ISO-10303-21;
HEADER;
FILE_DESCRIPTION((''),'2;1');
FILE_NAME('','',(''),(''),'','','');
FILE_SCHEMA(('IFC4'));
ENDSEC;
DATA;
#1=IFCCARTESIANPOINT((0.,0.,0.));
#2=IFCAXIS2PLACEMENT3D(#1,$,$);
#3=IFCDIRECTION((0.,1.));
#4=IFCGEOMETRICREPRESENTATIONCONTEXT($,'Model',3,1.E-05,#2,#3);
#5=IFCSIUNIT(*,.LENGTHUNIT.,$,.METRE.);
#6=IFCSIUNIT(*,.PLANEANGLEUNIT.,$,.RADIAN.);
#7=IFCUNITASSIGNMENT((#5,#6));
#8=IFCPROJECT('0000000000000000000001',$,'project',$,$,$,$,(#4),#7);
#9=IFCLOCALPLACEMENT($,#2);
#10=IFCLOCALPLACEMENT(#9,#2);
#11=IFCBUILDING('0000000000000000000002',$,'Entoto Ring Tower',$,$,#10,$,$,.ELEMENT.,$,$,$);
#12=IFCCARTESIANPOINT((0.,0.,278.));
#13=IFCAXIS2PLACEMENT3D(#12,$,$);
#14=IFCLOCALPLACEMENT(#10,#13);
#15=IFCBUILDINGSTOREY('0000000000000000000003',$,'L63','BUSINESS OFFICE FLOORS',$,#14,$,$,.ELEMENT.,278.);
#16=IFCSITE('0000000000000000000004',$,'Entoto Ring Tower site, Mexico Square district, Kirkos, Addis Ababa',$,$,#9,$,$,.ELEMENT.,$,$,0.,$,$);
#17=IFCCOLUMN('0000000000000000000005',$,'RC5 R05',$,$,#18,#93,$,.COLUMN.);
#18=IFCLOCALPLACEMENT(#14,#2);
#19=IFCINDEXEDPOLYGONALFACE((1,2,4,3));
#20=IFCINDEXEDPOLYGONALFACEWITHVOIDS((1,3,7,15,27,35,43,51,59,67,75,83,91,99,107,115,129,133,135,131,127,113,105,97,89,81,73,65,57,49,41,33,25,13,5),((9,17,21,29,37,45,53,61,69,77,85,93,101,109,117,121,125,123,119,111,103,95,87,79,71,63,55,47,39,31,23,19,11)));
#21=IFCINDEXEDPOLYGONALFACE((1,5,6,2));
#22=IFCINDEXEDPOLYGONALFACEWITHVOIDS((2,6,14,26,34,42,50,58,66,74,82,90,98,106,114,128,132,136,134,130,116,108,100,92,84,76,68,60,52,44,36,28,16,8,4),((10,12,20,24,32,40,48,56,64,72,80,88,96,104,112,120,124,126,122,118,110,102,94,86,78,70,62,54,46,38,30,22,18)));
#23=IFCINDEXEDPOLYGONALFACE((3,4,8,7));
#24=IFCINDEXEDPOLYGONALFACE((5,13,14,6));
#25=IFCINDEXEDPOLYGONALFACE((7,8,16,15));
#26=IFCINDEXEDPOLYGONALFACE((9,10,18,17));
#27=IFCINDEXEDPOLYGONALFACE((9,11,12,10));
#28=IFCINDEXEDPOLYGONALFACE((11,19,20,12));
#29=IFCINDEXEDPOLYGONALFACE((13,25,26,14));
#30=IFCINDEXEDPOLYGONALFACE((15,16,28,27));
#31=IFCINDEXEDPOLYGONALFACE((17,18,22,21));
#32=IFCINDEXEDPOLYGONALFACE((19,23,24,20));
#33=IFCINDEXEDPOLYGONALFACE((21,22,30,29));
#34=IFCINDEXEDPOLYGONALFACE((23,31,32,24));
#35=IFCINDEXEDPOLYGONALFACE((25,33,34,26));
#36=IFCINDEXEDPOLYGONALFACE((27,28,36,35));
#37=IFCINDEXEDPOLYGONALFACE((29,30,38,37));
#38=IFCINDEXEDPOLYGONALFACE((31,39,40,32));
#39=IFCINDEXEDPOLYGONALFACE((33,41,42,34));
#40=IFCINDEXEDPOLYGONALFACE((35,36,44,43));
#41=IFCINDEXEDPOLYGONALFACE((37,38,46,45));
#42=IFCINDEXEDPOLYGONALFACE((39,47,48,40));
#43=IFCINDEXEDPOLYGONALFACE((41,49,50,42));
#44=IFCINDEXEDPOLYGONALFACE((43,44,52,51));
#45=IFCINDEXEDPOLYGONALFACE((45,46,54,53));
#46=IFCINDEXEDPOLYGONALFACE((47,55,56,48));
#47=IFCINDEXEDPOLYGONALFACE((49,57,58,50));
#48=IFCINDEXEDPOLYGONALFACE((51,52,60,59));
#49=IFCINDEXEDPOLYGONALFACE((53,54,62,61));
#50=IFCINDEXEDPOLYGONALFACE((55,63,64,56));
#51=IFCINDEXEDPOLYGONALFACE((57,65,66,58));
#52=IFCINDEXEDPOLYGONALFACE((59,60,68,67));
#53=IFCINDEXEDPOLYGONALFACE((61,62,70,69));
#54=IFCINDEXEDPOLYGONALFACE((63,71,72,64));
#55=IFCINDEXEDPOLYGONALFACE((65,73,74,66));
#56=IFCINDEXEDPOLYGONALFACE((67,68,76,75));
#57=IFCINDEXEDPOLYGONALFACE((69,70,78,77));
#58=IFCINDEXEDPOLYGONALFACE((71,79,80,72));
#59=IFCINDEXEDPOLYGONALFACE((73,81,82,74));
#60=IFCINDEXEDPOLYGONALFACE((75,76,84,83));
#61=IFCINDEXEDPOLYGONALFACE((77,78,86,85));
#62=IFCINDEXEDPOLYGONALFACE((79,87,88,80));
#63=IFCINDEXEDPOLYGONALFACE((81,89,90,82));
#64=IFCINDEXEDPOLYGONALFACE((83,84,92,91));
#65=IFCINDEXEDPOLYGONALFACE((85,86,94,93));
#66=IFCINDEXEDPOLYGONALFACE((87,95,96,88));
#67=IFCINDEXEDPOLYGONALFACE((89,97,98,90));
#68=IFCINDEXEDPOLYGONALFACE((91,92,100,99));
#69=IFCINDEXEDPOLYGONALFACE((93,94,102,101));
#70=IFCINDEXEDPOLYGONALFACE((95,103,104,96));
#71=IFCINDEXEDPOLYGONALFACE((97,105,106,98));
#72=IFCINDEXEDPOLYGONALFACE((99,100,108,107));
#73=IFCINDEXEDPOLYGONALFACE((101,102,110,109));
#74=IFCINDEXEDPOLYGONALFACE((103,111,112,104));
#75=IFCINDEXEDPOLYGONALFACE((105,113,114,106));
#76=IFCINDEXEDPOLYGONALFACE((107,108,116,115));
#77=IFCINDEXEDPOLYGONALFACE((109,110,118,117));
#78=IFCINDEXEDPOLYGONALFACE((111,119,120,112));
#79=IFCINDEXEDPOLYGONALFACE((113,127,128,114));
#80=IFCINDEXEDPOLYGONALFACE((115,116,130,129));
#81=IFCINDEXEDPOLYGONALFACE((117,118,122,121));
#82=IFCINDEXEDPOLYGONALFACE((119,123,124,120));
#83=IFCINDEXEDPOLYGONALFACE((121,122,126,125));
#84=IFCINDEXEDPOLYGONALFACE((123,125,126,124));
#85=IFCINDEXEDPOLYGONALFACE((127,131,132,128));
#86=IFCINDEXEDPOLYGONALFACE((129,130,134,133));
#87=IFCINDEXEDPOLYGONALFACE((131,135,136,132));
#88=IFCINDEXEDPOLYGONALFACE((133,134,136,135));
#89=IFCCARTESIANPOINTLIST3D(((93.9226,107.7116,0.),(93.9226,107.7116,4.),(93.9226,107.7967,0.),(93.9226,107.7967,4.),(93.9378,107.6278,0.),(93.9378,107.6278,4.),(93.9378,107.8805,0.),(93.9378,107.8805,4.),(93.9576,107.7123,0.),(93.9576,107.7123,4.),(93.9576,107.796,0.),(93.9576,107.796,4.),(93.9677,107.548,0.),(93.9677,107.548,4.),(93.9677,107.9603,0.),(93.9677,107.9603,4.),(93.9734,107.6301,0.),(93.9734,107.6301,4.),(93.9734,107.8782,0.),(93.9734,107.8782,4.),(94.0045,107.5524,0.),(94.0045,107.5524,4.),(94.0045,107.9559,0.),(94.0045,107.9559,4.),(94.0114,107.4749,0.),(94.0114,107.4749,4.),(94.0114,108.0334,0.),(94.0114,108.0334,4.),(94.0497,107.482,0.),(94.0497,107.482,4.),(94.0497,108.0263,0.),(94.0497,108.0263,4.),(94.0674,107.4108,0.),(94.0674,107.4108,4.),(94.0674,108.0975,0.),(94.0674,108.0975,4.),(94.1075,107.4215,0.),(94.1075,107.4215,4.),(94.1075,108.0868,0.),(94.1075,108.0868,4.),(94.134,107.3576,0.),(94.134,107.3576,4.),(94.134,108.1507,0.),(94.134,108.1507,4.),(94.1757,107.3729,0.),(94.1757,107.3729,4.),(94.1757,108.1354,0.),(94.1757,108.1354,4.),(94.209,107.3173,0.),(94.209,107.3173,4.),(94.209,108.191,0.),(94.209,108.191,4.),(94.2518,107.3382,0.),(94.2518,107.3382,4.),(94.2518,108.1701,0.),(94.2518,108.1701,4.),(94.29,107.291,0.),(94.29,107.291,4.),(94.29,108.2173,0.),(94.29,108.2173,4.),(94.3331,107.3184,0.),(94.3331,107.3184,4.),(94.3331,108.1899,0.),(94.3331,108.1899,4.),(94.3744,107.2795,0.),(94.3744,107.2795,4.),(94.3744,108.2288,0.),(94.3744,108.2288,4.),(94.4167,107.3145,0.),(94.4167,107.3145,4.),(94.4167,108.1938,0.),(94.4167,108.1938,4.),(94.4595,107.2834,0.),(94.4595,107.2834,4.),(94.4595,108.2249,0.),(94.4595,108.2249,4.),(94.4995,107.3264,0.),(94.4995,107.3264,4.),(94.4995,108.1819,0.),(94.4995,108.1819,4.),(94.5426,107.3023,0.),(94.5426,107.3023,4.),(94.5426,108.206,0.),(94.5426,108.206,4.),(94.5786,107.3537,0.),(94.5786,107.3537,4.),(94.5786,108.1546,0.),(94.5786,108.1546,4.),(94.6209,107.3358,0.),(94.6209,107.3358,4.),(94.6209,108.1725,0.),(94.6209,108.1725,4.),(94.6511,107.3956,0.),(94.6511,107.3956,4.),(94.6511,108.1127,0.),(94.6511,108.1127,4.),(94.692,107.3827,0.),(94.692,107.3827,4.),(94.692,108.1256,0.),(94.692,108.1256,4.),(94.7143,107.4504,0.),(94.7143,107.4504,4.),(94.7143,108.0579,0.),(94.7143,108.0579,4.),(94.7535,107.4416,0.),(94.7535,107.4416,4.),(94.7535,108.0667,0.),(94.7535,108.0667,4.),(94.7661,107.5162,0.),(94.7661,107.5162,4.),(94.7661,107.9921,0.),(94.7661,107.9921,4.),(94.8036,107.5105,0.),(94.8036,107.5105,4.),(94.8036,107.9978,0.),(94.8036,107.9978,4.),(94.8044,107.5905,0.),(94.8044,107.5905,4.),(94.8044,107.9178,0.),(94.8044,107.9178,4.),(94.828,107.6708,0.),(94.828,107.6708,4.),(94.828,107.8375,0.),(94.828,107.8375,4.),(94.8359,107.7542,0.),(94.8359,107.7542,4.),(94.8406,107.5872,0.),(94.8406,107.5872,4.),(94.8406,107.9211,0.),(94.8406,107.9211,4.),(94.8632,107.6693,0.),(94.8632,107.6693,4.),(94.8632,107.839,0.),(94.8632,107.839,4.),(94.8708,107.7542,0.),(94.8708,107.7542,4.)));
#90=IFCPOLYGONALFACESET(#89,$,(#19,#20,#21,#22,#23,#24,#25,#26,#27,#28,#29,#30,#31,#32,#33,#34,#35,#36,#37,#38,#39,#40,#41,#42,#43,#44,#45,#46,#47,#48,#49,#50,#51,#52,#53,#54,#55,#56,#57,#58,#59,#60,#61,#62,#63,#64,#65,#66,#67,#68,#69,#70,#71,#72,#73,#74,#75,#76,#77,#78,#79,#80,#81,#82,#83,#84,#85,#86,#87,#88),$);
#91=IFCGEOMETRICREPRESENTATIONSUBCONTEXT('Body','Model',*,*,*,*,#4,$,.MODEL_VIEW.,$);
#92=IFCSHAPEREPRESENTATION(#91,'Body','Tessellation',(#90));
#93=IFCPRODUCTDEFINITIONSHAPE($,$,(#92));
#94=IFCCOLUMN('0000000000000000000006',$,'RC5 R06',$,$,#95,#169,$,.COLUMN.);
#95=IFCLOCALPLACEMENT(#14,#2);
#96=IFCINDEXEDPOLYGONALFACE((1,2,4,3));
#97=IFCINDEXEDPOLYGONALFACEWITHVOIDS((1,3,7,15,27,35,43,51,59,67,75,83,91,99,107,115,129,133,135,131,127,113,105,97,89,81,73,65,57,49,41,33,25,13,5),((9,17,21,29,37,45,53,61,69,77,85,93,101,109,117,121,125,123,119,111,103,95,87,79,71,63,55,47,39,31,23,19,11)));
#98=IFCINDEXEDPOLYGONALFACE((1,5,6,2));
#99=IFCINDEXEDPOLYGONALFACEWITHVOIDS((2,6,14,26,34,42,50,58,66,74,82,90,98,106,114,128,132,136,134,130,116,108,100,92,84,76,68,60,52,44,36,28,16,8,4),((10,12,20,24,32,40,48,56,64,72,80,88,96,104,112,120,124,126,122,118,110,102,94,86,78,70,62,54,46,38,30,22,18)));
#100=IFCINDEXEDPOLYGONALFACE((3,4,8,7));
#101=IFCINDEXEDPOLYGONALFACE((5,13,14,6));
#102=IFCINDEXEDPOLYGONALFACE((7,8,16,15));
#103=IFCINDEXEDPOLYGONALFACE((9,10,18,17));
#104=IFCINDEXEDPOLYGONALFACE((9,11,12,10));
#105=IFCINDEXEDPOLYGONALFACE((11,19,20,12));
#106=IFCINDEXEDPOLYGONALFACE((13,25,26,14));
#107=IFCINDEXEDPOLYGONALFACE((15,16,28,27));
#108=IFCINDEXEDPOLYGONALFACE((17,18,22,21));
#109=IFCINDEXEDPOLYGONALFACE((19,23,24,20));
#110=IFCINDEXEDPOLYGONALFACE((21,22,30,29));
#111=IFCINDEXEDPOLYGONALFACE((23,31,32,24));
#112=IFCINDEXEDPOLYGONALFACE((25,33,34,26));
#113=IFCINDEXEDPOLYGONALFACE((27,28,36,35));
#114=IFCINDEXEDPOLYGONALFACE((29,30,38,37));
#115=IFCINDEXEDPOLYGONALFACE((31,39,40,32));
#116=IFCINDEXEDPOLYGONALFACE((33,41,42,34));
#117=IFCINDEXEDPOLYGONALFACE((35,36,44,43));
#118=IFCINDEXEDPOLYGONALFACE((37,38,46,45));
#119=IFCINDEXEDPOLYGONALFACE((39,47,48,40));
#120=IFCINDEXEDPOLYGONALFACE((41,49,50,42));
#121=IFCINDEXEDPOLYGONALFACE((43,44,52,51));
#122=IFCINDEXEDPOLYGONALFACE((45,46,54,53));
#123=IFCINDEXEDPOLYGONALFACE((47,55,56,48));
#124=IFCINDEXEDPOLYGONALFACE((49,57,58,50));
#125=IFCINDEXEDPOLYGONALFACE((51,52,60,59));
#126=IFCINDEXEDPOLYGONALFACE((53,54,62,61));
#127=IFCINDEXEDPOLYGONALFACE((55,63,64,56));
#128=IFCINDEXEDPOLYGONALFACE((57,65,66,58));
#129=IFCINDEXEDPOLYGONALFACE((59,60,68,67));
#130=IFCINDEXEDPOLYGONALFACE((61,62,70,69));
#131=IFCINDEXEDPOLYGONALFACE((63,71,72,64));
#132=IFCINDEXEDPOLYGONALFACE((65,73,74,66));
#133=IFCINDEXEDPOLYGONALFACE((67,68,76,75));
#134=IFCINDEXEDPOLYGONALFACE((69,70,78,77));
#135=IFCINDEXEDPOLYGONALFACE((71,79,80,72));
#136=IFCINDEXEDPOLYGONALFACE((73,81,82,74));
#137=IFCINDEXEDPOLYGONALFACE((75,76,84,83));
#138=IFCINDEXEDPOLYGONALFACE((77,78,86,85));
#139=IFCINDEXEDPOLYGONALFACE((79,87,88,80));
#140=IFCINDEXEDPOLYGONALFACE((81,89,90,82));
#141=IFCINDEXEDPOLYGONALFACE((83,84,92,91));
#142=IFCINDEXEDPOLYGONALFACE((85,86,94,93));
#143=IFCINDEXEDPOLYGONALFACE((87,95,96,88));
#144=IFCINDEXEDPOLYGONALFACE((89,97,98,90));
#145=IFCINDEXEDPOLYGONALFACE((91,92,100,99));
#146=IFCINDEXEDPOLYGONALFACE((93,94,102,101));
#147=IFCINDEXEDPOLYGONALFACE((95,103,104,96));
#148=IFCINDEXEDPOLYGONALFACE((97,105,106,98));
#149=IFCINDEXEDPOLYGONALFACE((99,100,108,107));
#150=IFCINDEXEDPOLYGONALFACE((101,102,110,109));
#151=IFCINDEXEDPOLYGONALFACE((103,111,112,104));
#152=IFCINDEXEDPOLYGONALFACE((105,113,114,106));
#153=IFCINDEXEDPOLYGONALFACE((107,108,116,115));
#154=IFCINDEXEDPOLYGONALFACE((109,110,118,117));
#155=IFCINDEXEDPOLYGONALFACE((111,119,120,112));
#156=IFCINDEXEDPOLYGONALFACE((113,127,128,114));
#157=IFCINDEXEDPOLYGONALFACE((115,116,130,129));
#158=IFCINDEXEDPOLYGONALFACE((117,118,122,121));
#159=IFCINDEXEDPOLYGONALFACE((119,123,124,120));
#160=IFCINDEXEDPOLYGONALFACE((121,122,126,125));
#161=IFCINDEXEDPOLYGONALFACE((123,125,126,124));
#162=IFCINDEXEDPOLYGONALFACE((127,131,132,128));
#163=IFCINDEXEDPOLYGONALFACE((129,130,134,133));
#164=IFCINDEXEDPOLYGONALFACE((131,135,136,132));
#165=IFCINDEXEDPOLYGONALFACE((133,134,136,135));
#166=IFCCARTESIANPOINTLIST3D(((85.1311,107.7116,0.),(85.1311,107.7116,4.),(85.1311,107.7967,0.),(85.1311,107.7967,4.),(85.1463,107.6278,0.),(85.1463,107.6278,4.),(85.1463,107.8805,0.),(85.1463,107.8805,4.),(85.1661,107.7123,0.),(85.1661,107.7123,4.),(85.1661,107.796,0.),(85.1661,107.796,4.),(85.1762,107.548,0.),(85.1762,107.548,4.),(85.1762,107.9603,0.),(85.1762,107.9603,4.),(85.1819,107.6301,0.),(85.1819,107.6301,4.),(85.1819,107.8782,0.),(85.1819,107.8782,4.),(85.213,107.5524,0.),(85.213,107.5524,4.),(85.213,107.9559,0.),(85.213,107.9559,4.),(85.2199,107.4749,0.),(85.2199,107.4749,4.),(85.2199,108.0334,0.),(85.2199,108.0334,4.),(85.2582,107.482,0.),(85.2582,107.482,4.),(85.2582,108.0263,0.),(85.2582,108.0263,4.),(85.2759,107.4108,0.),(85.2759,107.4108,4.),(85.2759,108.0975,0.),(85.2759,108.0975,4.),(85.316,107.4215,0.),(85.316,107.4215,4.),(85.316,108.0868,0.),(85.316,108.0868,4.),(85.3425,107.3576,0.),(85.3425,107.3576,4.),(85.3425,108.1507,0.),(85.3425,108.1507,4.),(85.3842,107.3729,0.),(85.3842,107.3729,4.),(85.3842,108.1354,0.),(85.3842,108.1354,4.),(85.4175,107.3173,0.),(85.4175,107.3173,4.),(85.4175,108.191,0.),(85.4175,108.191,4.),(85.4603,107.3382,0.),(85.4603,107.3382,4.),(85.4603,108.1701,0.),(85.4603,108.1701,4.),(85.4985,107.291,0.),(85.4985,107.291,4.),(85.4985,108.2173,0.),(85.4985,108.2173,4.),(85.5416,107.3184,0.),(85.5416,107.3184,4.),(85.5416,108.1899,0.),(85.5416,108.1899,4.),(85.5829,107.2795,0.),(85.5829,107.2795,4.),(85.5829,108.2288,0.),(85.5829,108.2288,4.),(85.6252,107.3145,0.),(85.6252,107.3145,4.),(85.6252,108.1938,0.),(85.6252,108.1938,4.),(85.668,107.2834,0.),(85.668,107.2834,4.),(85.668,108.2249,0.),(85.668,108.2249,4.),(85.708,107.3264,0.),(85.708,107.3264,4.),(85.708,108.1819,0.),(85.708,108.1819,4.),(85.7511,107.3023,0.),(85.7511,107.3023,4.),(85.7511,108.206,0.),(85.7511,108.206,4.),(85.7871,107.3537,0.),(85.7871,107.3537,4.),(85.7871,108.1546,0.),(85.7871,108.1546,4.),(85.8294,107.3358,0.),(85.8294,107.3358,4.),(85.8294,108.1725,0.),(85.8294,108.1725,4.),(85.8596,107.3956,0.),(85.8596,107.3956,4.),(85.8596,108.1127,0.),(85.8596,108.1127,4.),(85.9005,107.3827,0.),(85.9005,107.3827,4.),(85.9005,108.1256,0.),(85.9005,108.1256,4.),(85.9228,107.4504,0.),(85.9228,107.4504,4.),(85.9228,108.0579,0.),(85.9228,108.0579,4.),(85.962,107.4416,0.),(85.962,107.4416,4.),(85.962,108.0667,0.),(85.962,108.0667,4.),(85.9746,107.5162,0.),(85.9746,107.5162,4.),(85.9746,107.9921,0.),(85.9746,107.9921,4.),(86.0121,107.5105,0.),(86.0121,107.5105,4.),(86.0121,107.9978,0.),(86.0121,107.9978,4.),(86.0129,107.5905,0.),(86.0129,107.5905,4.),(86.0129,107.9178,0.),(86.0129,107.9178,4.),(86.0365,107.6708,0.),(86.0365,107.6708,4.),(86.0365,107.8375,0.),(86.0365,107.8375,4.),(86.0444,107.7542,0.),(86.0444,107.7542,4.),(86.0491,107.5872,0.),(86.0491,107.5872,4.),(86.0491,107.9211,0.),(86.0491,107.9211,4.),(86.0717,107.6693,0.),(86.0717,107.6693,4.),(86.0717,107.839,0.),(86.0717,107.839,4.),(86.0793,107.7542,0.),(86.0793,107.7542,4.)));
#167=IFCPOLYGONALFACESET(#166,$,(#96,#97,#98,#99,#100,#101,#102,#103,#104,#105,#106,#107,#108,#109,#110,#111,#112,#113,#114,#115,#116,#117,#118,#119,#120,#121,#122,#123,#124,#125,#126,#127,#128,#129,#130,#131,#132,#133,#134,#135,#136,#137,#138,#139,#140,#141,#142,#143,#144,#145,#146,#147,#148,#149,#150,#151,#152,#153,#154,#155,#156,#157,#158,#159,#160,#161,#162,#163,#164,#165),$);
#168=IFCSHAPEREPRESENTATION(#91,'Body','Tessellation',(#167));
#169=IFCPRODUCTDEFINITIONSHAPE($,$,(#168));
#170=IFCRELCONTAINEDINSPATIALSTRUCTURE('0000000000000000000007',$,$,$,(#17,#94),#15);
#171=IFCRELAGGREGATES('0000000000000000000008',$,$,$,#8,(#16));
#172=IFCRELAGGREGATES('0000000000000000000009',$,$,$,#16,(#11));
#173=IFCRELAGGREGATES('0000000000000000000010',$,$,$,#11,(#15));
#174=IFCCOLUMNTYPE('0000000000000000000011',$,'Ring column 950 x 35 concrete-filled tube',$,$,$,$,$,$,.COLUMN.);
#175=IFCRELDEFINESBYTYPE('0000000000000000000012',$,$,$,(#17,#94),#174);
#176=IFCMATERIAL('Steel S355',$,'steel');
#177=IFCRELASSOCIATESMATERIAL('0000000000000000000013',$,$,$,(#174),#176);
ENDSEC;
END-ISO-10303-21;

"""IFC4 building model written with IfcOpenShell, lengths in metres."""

from ifc_helpers import new_model, si_unit, direction, frame, origin, origin_2d, place, context, subcontext, project, spatial, circle, hollow_circle, extrude, material, material_profile, profile_set, type_object, element, save


model = new_model("IFC4")

# Units and contexts
model_context = context("Model", 3, precision=1e-05, world=origin(), true_north=direction((0.0, 1.0)))
body_context = subcontext(model_context, "Body", "Model", "MODEL_VIEW")
ifc_project = project(units=[si_unit("LENGTHUNIT", "METRE"), si_unit("PLANEANGLEUNIT", "RADIAN")], contexts=[model_context])

# Site, building, storey
site_placement = place(None, origin())
site = spatial("IfcSite", under=ifc_project, at=site_placement, Name="Entoto Ring Tower site, Mexico Square district, Kirkos, Addis Ababa", CompositionType="ELEMENT", RefElevation=0.0)
building_placement = place(site_placement, origin())
building = spatial("IfcBuilding", under=site, at=building_placement, Name="Entoto Ring Tower", CompositionType="ELEMENT")
storey_placement = place(building_placement, frame((0.0, 0.0, 278.0)))
storey = spatial("IfcBuildingStorey", under=building, at=storey_placement, Name="L63", Description="BUSINESS OFFICE FLOORS", CompositionType="ELEMENT", Elevation=278.0)

# Columns
ifc_material_1 = material(Name="Steel S355", Category="steel")
ifc_material_profile_1 = material_profile(ifc_material_1, hollow_circle(Radius=0.4751, WallThickness=0.0349, at=origin_2d()), Name="CHS 950 x 35")
ifc_material_2 = material(Name="Concrete C60/75", Category="concrete")
ifc_material_profile_2 = material_profile(ifc_material_2, circle(Radius=0.4399, at=origin_2d()), Name="Concrete C60/75 infill")
ifc_profile_set_1 = profile_set([ifc_material_profile_1, ifc_material_profile_2], Name="Steel S355")
column_type = type_object("IfcColumnType", Name="Ring column 950 x 35 concrete-filled tube", PredefinedType="COLUMN", material=ifc_profile_set_1)
for number, where, z_axis, x_axis, name in (
    (1, (94.3958, 107.7542, 0.0), (0.0, 0.0, 1.0), (1.0, 0.0, 0.0), "RC5 R05"),
    (2, (85.6042, 107.7542, 0.0), (0.0, 0.0, 1.0), (1.0, 0.0, 0.0), "RC5 R06"),
):
    element("IfcColumn", number, at=place(storey_placement, frame(where, z_axis=z_axis, x_axis=x_axis)), inside=storey, type_object=column_type, Name=name, PredefinedType="COLUMN", context=body_context, shape_type="SweptSolid", body=[
        extrude(hollow_circle(Radius=0.4751, WallThickness=0.0349, at=origin_2d()), origin(), (0.0, 0.0, 1.0), 4.0),
    ])

save(model, "model.ifc")
